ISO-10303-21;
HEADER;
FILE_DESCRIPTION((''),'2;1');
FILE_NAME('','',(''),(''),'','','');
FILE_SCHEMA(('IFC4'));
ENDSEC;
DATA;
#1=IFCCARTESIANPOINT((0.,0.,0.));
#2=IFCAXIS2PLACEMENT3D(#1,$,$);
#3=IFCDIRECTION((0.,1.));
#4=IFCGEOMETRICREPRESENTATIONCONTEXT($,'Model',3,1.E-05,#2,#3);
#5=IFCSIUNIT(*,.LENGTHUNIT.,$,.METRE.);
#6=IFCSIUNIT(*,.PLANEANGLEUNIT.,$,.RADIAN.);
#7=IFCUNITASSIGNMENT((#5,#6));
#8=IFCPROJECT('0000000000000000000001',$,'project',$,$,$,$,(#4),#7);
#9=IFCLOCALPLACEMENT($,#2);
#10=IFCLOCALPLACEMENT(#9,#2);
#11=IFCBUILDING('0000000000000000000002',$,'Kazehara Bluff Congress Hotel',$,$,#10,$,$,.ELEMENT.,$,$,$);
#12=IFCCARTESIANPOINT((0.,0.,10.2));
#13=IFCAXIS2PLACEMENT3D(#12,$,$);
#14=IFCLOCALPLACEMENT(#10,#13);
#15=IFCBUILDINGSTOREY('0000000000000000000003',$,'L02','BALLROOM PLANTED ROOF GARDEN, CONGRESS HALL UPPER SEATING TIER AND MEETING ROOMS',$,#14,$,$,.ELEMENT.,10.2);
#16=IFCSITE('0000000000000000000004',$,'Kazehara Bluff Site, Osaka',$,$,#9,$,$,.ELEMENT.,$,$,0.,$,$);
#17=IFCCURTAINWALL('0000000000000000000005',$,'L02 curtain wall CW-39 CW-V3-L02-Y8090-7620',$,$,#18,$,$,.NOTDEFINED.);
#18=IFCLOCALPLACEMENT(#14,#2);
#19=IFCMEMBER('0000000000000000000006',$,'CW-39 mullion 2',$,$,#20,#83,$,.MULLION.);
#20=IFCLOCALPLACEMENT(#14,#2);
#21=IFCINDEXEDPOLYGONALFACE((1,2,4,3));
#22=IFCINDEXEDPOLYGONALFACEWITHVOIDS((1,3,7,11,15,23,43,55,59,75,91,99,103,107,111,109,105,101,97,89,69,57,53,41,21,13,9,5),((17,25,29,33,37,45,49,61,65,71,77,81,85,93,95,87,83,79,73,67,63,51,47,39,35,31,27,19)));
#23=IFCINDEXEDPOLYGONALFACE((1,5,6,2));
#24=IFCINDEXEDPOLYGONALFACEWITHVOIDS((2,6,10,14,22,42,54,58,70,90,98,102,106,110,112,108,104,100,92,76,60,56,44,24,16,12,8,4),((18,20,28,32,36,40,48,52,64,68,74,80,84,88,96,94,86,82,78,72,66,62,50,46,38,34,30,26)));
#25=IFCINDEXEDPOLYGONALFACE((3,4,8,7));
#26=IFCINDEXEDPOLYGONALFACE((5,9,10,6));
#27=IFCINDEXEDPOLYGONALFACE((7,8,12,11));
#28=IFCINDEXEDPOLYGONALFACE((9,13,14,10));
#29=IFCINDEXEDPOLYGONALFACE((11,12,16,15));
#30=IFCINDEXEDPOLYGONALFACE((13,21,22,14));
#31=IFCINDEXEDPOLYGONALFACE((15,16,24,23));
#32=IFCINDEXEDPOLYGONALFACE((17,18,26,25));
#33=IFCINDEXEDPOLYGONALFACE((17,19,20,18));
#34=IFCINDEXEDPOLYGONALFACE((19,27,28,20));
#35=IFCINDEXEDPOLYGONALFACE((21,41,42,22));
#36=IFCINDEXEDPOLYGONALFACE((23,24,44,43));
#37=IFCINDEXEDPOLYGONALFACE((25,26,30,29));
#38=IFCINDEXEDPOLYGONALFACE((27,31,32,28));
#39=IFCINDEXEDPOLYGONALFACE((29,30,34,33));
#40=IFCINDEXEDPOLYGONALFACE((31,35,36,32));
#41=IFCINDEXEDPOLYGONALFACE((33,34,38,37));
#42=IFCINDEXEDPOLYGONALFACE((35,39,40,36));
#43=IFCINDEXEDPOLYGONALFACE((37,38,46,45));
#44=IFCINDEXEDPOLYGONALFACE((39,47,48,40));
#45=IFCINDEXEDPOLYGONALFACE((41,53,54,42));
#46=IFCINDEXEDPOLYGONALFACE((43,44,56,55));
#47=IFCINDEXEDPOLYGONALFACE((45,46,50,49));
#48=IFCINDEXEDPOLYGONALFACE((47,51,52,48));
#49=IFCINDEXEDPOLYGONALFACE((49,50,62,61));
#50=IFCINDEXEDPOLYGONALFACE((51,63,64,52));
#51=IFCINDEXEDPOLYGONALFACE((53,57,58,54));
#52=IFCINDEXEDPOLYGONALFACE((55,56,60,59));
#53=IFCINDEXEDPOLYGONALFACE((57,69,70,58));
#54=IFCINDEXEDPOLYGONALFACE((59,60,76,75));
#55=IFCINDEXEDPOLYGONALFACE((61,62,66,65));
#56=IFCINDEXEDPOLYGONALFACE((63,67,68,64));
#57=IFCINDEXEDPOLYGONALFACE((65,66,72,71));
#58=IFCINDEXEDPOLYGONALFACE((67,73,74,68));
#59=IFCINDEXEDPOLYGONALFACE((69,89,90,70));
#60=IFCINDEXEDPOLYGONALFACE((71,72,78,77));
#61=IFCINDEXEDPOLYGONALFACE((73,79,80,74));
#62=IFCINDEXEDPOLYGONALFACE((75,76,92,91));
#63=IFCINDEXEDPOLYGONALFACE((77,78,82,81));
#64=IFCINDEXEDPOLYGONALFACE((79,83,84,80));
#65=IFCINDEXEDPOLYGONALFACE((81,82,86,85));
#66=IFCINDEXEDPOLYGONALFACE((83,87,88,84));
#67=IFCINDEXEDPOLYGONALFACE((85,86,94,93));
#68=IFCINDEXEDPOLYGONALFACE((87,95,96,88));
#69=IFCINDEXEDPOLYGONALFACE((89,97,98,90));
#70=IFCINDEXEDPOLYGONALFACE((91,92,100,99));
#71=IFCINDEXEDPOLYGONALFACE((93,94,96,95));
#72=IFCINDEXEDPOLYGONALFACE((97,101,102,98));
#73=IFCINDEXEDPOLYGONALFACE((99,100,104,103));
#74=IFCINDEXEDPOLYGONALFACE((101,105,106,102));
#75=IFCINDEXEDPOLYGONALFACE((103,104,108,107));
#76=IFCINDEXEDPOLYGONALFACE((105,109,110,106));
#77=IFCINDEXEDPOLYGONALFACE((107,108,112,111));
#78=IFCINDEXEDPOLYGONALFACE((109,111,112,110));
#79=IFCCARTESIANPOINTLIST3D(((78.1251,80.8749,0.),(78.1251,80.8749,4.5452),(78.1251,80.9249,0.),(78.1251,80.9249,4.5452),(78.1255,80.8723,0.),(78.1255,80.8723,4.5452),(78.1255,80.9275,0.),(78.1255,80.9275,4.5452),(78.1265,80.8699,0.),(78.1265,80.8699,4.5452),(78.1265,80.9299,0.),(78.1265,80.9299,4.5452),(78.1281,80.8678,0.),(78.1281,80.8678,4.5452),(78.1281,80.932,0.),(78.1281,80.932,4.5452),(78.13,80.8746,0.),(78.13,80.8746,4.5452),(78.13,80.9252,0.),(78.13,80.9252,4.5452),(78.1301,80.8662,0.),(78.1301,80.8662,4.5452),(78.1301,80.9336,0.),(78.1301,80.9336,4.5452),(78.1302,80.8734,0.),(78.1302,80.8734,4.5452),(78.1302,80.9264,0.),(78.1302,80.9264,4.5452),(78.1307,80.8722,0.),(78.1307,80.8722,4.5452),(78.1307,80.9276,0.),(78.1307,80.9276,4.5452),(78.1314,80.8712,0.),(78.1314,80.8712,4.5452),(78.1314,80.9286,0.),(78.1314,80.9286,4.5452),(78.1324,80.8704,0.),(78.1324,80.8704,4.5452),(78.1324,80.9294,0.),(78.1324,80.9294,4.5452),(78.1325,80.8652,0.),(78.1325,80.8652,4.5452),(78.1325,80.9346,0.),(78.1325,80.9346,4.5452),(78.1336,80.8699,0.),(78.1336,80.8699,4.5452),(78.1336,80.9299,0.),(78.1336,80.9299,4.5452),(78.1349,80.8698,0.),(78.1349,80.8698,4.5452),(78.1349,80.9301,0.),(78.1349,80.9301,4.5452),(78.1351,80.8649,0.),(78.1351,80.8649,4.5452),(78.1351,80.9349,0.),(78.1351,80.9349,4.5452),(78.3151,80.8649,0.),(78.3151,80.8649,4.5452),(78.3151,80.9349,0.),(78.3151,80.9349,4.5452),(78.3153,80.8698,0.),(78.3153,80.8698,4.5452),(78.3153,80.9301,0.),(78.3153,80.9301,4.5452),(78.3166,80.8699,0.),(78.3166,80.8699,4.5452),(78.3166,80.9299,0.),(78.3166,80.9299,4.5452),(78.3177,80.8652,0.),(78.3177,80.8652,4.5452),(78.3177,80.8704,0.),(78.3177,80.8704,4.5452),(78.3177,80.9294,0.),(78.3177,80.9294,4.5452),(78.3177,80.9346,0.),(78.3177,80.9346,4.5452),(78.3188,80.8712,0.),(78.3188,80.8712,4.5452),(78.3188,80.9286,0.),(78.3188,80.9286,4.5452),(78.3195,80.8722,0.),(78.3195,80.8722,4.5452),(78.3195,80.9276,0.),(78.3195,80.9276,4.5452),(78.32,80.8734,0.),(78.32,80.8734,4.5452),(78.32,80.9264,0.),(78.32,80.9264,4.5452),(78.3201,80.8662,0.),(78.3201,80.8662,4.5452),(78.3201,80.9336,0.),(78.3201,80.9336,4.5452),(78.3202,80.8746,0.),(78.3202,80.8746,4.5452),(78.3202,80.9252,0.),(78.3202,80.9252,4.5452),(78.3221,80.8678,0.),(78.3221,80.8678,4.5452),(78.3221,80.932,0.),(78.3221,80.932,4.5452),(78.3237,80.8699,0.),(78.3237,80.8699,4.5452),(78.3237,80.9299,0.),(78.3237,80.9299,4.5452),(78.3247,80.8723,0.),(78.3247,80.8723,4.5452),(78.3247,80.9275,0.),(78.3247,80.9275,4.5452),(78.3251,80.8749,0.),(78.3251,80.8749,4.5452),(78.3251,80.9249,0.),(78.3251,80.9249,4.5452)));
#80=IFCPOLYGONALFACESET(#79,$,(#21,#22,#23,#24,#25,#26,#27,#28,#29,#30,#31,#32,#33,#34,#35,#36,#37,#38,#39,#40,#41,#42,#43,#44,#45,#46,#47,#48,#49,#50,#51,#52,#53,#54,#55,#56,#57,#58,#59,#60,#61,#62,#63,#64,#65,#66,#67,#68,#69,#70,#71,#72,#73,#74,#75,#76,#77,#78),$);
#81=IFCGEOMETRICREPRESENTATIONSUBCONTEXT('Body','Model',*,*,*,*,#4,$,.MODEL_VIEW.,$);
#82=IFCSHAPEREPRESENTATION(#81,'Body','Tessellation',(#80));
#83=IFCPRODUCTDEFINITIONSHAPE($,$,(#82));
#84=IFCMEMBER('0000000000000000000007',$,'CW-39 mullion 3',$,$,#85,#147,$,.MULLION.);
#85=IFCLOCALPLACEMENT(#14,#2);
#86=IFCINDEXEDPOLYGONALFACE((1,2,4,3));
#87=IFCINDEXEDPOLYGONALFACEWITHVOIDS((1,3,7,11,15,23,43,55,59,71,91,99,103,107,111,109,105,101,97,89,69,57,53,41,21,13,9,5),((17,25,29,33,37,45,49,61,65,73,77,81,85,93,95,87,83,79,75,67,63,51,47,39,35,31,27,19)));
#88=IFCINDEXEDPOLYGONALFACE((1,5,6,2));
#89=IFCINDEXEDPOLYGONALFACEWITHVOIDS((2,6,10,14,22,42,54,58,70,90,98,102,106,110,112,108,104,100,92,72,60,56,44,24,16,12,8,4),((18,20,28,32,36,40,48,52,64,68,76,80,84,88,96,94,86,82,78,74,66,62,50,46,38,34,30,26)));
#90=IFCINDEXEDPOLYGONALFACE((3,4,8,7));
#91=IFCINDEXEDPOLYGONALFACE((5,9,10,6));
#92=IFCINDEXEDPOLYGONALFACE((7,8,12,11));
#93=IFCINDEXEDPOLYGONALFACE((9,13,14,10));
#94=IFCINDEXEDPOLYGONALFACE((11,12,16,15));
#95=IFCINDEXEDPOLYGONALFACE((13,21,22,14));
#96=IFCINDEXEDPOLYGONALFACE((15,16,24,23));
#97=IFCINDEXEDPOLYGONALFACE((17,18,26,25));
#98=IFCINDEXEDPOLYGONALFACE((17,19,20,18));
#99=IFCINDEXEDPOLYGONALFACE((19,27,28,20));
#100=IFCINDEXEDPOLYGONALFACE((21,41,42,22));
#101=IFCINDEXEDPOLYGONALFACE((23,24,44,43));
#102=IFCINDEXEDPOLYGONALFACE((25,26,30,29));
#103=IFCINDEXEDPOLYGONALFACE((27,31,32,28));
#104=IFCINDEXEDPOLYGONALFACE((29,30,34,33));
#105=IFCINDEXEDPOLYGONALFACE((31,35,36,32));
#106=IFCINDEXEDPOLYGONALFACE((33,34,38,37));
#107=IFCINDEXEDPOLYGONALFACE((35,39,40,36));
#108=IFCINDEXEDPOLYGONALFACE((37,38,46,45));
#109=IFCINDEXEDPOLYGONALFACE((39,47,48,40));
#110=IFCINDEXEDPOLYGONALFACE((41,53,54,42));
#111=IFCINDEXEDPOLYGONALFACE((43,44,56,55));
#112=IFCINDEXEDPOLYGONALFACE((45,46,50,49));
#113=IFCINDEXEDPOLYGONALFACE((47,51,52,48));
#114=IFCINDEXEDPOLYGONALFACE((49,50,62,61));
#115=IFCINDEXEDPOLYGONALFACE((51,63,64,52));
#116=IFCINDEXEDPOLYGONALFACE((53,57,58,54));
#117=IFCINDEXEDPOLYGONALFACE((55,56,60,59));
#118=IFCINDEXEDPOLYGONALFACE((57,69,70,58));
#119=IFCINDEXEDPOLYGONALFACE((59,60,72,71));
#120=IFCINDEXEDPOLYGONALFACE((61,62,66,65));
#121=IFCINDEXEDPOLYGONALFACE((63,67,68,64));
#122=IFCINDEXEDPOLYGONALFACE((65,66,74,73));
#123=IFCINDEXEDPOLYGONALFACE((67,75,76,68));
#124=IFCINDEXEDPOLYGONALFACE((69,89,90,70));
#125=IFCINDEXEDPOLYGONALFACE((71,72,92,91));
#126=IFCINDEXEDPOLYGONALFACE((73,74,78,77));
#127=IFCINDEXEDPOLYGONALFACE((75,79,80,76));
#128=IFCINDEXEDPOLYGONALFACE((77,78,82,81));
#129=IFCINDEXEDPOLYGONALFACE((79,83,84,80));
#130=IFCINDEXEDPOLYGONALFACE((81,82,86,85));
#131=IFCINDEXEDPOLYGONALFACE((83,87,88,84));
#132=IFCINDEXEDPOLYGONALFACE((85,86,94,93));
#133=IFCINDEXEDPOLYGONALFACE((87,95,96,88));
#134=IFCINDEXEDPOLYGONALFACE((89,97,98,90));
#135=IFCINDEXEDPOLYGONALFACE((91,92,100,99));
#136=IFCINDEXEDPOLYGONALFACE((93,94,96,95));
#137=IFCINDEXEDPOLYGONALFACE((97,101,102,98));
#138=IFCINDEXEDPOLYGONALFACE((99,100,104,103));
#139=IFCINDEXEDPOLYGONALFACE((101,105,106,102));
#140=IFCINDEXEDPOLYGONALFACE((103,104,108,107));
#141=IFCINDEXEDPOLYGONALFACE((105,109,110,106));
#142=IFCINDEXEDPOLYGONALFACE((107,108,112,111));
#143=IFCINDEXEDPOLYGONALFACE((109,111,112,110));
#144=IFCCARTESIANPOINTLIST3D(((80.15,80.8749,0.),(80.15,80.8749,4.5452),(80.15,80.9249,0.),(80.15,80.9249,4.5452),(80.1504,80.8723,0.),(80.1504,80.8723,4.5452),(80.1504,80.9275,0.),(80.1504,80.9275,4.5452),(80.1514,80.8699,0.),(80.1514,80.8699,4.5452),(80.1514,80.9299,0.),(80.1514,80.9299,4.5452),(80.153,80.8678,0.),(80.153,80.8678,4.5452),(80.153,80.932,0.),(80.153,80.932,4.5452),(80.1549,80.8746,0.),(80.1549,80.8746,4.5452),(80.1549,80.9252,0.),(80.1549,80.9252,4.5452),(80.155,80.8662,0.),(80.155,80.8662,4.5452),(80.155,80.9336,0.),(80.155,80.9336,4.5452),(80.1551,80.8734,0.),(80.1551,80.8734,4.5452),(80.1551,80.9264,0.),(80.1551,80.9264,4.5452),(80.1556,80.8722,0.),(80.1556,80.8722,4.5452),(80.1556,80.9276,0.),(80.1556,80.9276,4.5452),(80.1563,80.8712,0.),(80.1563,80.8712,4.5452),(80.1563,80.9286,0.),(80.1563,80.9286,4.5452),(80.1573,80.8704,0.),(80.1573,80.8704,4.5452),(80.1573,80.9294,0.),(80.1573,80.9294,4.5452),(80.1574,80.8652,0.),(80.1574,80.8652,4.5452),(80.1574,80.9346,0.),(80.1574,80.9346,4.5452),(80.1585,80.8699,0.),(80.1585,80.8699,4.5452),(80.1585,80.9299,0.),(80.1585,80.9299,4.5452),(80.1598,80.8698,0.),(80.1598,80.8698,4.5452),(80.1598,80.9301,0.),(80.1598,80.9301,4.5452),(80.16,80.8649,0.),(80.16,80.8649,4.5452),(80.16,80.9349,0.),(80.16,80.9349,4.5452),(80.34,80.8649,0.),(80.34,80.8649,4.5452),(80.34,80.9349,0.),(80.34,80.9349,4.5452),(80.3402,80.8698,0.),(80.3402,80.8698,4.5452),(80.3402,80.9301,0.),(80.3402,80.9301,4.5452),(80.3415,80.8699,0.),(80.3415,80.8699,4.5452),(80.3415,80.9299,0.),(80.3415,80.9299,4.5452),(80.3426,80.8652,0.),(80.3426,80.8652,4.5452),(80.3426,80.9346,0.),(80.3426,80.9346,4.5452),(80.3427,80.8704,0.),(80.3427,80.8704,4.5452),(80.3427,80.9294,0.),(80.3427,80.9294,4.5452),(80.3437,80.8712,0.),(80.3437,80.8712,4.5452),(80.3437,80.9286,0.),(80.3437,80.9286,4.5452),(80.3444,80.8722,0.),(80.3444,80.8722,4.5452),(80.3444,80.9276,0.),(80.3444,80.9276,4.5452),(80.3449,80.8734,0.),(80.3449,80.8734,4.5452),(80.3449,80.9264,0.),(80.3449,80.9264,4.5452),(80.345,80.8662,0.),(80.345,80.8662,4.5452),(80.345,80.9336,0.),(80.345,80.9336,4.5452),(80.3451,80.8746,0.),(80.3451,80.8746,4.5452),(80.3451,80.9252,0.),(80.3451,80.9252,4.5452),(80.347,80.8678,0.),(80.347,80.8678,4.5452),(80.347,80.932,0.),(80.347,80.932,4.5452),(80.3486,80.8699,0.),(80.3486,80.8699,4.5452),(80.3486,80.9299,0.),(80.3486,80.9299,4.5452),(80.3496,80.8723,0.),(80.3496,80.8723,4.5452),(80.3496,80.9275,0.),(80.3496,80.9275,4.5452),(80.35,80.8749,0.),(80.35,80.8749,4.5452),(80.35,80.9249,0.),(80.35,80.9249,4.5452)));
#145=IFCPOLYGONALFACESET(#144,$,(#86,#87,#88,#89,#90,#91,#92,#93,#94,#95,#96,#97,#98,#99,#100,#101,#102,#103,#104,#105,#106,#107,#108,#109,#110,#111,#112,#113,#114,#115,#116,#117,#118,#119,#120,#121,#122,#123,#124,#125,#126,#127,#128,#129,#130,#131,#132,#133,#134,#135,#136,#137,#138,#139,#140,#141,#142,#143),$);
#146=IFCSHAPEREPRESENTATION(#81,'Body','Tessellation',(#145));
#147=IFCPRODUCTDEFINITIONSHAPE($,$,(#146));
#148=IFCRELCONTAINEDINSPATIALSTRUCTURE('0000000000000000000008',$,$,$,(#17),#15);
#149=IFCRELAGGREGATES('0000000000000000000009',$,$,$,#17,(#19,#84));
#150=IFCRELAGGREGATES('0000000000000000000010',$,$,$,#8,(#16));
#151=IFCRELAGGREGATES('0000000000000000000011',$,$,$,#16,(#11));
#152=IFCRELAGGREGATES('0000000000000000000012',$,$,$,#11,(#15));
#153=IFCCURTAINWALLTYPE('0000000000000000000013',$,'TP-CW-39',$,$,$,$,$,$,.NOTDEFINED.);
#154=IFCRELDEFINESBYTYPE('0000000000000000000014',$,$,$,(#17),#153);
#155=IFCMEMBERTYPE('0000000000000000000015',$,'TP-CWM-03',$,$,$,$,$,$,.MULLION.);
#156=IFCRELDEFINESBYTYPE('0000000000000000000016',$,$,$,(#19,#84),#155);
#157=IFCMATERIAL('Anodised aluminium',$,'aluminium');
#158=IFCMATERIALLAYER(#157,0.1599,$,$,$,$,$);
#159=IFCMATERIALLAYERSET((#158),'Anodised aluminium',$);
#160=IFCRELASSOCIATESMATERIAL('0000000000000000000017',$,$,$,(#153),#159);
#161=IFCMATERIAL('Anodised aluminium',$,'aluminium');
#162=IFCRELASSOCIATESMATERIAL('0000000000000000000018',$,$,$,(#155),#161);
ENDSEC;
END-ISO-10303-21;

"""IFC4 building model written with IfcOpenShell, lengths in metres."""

from ifc_helpers import new_model, si_unit, direction, frame, origin, origin_2d, place, context, subcontext, project, spatial, hollow_rectangle, extrude, material, layer, layer_set, material_profile, profile_set, type_object, element, aggregate, save


model = new_model("IFC4")

# Units and contexts
model_context = context("Model", 3, precision=1e-05, world=origin(), true_north=direction((0.0, 1.0)))
body_context = subcontext(model_context, "Body", "Model", "MODEL_VIEW")
ifc_project = project(units=[si_unit("LENGTHUNIT", "METRE"), si_unit("PLANEANGLEUNIT", "RADIAN")], contexts=[model_context])

# Site, building, storey
site_placement = place(None, origin())
site = spatial("IfcSite", under=ifc_project, at=site_placement, Name="Kazehara Bluff Site, Osaka", CompositionType="ELEMENT", RefElevation=0.0)
building_placement = place(site_placement, origin())
building = spatial("IfcBuilding", under=site, at=building_placement, Name="Kazehara Bluff Congress Hotel", CompositionType="ELEMENT")
storey_placement = place(building_placement, frame((0.0, 0.0, 10.2)))
storey = spatial("IfcBuildingStorey", under=building, at=storey_placement, Name="L02", Description="BALLROOM PLANTED ROOF GARDEN, CONGRESS HALL UPPER SEATING TIER AND MEETING ROOMS", CompositionType="ELEMENT", Elevation=10.2)

# Shared definitions
ifc_material_1 = material(Name="Anodised aluminium", Category="aluminium")
ifc_layer_1 = layer(ifc_material_1, 0.1599)
ifc_layer_set_1 = layer_set([ifc_layer_1], Name="Anodised aluminium")
curtain_wall_type = type_object("IfcCurtainWallType", Name="TP-CW-39", PredefinedType="NOTDEFINED", material=ifc_layer_set_1)
ifc_material_2 = material(Name="Anodised aluminium", Category="aluminium")
ifc_material_profile_1 = material_profile(ifc_material_2, hollow_rectangle(XDim=0.0701, YDim=0.2, WallThickness=0.0049, InnerFilletRadius=0.0049, OuterFilletRadius=0.01, at=origin_2d()))
ifc_profile_set_1 = profile_set([ifc_material_profile_1], Name="Anodised aluminium")
member_type_1 = type_object("IfcMemberType", Name="TP-CWM-03", PredefinedType="MULLION", material=ifc_profile_set_1)

# Curtain wall, members
curtain_wall_1_placement = place(storey_placement, origin())
curtain_wall_1 = element("IfcCurtainWall", 1, at=curtain_wall_1_placement, inside=storey, type_object=curtain_wall_type, Name="L02 curtain wall CW-39 CW-V3-L02-Y8090-7620", PredefinedType="NOTDEFINED")
member_1_placement = place(storey_placement, frame((78.2251, 80.8999, 0.0), z_axis=(0.0, 0.0, 1.0), x_axis=(0.0, 1.0, 0.0)))
member_1 = element("IfcMember", 2, at=member_1_placement, type_object=member_type_1, Name="CW-39 mullion 2", PredefinedType="MULLION", context=body_context, shape_type="SweptSolid", body=[
    extrude(hollow_rectangle(XDim=0.0701, YDim=0.2, WallThickness=0.0049, InnerFilletRadius=0.0049, OuterFilletRadius=0.01, at=origin_2d()), origin(), (0.0, 0.0, 1.0), 4.5452),
])
member_2_placement = place(storey_placement, frame((80.25, 80.8999, 0.0), z_axis=(0.0, 0.0, 1.0), x_axis=(0.0, 1.0, 0.0)))
member_2 = element("IfcMember", 3, at=member_2_placement, type_object=member_type_1, Name="CW-39 mullion 3", PredefinedType="MULLION", context=body_context, shape_type="SweptSolid", body=[
    extrude(hollow_rectangle(XDim=0.0701, YDim=0.2, WallThickness=0.0049, InnerFilletRadius=0.0049, OuterFilletRadius=0.01, at=origin_2d()), origin(), (0.0, 0.0, 1.0), 4.5452),
])

aggregate(curtain_wall_1, [member_1, member_2])

save(model, "model.ifc")
